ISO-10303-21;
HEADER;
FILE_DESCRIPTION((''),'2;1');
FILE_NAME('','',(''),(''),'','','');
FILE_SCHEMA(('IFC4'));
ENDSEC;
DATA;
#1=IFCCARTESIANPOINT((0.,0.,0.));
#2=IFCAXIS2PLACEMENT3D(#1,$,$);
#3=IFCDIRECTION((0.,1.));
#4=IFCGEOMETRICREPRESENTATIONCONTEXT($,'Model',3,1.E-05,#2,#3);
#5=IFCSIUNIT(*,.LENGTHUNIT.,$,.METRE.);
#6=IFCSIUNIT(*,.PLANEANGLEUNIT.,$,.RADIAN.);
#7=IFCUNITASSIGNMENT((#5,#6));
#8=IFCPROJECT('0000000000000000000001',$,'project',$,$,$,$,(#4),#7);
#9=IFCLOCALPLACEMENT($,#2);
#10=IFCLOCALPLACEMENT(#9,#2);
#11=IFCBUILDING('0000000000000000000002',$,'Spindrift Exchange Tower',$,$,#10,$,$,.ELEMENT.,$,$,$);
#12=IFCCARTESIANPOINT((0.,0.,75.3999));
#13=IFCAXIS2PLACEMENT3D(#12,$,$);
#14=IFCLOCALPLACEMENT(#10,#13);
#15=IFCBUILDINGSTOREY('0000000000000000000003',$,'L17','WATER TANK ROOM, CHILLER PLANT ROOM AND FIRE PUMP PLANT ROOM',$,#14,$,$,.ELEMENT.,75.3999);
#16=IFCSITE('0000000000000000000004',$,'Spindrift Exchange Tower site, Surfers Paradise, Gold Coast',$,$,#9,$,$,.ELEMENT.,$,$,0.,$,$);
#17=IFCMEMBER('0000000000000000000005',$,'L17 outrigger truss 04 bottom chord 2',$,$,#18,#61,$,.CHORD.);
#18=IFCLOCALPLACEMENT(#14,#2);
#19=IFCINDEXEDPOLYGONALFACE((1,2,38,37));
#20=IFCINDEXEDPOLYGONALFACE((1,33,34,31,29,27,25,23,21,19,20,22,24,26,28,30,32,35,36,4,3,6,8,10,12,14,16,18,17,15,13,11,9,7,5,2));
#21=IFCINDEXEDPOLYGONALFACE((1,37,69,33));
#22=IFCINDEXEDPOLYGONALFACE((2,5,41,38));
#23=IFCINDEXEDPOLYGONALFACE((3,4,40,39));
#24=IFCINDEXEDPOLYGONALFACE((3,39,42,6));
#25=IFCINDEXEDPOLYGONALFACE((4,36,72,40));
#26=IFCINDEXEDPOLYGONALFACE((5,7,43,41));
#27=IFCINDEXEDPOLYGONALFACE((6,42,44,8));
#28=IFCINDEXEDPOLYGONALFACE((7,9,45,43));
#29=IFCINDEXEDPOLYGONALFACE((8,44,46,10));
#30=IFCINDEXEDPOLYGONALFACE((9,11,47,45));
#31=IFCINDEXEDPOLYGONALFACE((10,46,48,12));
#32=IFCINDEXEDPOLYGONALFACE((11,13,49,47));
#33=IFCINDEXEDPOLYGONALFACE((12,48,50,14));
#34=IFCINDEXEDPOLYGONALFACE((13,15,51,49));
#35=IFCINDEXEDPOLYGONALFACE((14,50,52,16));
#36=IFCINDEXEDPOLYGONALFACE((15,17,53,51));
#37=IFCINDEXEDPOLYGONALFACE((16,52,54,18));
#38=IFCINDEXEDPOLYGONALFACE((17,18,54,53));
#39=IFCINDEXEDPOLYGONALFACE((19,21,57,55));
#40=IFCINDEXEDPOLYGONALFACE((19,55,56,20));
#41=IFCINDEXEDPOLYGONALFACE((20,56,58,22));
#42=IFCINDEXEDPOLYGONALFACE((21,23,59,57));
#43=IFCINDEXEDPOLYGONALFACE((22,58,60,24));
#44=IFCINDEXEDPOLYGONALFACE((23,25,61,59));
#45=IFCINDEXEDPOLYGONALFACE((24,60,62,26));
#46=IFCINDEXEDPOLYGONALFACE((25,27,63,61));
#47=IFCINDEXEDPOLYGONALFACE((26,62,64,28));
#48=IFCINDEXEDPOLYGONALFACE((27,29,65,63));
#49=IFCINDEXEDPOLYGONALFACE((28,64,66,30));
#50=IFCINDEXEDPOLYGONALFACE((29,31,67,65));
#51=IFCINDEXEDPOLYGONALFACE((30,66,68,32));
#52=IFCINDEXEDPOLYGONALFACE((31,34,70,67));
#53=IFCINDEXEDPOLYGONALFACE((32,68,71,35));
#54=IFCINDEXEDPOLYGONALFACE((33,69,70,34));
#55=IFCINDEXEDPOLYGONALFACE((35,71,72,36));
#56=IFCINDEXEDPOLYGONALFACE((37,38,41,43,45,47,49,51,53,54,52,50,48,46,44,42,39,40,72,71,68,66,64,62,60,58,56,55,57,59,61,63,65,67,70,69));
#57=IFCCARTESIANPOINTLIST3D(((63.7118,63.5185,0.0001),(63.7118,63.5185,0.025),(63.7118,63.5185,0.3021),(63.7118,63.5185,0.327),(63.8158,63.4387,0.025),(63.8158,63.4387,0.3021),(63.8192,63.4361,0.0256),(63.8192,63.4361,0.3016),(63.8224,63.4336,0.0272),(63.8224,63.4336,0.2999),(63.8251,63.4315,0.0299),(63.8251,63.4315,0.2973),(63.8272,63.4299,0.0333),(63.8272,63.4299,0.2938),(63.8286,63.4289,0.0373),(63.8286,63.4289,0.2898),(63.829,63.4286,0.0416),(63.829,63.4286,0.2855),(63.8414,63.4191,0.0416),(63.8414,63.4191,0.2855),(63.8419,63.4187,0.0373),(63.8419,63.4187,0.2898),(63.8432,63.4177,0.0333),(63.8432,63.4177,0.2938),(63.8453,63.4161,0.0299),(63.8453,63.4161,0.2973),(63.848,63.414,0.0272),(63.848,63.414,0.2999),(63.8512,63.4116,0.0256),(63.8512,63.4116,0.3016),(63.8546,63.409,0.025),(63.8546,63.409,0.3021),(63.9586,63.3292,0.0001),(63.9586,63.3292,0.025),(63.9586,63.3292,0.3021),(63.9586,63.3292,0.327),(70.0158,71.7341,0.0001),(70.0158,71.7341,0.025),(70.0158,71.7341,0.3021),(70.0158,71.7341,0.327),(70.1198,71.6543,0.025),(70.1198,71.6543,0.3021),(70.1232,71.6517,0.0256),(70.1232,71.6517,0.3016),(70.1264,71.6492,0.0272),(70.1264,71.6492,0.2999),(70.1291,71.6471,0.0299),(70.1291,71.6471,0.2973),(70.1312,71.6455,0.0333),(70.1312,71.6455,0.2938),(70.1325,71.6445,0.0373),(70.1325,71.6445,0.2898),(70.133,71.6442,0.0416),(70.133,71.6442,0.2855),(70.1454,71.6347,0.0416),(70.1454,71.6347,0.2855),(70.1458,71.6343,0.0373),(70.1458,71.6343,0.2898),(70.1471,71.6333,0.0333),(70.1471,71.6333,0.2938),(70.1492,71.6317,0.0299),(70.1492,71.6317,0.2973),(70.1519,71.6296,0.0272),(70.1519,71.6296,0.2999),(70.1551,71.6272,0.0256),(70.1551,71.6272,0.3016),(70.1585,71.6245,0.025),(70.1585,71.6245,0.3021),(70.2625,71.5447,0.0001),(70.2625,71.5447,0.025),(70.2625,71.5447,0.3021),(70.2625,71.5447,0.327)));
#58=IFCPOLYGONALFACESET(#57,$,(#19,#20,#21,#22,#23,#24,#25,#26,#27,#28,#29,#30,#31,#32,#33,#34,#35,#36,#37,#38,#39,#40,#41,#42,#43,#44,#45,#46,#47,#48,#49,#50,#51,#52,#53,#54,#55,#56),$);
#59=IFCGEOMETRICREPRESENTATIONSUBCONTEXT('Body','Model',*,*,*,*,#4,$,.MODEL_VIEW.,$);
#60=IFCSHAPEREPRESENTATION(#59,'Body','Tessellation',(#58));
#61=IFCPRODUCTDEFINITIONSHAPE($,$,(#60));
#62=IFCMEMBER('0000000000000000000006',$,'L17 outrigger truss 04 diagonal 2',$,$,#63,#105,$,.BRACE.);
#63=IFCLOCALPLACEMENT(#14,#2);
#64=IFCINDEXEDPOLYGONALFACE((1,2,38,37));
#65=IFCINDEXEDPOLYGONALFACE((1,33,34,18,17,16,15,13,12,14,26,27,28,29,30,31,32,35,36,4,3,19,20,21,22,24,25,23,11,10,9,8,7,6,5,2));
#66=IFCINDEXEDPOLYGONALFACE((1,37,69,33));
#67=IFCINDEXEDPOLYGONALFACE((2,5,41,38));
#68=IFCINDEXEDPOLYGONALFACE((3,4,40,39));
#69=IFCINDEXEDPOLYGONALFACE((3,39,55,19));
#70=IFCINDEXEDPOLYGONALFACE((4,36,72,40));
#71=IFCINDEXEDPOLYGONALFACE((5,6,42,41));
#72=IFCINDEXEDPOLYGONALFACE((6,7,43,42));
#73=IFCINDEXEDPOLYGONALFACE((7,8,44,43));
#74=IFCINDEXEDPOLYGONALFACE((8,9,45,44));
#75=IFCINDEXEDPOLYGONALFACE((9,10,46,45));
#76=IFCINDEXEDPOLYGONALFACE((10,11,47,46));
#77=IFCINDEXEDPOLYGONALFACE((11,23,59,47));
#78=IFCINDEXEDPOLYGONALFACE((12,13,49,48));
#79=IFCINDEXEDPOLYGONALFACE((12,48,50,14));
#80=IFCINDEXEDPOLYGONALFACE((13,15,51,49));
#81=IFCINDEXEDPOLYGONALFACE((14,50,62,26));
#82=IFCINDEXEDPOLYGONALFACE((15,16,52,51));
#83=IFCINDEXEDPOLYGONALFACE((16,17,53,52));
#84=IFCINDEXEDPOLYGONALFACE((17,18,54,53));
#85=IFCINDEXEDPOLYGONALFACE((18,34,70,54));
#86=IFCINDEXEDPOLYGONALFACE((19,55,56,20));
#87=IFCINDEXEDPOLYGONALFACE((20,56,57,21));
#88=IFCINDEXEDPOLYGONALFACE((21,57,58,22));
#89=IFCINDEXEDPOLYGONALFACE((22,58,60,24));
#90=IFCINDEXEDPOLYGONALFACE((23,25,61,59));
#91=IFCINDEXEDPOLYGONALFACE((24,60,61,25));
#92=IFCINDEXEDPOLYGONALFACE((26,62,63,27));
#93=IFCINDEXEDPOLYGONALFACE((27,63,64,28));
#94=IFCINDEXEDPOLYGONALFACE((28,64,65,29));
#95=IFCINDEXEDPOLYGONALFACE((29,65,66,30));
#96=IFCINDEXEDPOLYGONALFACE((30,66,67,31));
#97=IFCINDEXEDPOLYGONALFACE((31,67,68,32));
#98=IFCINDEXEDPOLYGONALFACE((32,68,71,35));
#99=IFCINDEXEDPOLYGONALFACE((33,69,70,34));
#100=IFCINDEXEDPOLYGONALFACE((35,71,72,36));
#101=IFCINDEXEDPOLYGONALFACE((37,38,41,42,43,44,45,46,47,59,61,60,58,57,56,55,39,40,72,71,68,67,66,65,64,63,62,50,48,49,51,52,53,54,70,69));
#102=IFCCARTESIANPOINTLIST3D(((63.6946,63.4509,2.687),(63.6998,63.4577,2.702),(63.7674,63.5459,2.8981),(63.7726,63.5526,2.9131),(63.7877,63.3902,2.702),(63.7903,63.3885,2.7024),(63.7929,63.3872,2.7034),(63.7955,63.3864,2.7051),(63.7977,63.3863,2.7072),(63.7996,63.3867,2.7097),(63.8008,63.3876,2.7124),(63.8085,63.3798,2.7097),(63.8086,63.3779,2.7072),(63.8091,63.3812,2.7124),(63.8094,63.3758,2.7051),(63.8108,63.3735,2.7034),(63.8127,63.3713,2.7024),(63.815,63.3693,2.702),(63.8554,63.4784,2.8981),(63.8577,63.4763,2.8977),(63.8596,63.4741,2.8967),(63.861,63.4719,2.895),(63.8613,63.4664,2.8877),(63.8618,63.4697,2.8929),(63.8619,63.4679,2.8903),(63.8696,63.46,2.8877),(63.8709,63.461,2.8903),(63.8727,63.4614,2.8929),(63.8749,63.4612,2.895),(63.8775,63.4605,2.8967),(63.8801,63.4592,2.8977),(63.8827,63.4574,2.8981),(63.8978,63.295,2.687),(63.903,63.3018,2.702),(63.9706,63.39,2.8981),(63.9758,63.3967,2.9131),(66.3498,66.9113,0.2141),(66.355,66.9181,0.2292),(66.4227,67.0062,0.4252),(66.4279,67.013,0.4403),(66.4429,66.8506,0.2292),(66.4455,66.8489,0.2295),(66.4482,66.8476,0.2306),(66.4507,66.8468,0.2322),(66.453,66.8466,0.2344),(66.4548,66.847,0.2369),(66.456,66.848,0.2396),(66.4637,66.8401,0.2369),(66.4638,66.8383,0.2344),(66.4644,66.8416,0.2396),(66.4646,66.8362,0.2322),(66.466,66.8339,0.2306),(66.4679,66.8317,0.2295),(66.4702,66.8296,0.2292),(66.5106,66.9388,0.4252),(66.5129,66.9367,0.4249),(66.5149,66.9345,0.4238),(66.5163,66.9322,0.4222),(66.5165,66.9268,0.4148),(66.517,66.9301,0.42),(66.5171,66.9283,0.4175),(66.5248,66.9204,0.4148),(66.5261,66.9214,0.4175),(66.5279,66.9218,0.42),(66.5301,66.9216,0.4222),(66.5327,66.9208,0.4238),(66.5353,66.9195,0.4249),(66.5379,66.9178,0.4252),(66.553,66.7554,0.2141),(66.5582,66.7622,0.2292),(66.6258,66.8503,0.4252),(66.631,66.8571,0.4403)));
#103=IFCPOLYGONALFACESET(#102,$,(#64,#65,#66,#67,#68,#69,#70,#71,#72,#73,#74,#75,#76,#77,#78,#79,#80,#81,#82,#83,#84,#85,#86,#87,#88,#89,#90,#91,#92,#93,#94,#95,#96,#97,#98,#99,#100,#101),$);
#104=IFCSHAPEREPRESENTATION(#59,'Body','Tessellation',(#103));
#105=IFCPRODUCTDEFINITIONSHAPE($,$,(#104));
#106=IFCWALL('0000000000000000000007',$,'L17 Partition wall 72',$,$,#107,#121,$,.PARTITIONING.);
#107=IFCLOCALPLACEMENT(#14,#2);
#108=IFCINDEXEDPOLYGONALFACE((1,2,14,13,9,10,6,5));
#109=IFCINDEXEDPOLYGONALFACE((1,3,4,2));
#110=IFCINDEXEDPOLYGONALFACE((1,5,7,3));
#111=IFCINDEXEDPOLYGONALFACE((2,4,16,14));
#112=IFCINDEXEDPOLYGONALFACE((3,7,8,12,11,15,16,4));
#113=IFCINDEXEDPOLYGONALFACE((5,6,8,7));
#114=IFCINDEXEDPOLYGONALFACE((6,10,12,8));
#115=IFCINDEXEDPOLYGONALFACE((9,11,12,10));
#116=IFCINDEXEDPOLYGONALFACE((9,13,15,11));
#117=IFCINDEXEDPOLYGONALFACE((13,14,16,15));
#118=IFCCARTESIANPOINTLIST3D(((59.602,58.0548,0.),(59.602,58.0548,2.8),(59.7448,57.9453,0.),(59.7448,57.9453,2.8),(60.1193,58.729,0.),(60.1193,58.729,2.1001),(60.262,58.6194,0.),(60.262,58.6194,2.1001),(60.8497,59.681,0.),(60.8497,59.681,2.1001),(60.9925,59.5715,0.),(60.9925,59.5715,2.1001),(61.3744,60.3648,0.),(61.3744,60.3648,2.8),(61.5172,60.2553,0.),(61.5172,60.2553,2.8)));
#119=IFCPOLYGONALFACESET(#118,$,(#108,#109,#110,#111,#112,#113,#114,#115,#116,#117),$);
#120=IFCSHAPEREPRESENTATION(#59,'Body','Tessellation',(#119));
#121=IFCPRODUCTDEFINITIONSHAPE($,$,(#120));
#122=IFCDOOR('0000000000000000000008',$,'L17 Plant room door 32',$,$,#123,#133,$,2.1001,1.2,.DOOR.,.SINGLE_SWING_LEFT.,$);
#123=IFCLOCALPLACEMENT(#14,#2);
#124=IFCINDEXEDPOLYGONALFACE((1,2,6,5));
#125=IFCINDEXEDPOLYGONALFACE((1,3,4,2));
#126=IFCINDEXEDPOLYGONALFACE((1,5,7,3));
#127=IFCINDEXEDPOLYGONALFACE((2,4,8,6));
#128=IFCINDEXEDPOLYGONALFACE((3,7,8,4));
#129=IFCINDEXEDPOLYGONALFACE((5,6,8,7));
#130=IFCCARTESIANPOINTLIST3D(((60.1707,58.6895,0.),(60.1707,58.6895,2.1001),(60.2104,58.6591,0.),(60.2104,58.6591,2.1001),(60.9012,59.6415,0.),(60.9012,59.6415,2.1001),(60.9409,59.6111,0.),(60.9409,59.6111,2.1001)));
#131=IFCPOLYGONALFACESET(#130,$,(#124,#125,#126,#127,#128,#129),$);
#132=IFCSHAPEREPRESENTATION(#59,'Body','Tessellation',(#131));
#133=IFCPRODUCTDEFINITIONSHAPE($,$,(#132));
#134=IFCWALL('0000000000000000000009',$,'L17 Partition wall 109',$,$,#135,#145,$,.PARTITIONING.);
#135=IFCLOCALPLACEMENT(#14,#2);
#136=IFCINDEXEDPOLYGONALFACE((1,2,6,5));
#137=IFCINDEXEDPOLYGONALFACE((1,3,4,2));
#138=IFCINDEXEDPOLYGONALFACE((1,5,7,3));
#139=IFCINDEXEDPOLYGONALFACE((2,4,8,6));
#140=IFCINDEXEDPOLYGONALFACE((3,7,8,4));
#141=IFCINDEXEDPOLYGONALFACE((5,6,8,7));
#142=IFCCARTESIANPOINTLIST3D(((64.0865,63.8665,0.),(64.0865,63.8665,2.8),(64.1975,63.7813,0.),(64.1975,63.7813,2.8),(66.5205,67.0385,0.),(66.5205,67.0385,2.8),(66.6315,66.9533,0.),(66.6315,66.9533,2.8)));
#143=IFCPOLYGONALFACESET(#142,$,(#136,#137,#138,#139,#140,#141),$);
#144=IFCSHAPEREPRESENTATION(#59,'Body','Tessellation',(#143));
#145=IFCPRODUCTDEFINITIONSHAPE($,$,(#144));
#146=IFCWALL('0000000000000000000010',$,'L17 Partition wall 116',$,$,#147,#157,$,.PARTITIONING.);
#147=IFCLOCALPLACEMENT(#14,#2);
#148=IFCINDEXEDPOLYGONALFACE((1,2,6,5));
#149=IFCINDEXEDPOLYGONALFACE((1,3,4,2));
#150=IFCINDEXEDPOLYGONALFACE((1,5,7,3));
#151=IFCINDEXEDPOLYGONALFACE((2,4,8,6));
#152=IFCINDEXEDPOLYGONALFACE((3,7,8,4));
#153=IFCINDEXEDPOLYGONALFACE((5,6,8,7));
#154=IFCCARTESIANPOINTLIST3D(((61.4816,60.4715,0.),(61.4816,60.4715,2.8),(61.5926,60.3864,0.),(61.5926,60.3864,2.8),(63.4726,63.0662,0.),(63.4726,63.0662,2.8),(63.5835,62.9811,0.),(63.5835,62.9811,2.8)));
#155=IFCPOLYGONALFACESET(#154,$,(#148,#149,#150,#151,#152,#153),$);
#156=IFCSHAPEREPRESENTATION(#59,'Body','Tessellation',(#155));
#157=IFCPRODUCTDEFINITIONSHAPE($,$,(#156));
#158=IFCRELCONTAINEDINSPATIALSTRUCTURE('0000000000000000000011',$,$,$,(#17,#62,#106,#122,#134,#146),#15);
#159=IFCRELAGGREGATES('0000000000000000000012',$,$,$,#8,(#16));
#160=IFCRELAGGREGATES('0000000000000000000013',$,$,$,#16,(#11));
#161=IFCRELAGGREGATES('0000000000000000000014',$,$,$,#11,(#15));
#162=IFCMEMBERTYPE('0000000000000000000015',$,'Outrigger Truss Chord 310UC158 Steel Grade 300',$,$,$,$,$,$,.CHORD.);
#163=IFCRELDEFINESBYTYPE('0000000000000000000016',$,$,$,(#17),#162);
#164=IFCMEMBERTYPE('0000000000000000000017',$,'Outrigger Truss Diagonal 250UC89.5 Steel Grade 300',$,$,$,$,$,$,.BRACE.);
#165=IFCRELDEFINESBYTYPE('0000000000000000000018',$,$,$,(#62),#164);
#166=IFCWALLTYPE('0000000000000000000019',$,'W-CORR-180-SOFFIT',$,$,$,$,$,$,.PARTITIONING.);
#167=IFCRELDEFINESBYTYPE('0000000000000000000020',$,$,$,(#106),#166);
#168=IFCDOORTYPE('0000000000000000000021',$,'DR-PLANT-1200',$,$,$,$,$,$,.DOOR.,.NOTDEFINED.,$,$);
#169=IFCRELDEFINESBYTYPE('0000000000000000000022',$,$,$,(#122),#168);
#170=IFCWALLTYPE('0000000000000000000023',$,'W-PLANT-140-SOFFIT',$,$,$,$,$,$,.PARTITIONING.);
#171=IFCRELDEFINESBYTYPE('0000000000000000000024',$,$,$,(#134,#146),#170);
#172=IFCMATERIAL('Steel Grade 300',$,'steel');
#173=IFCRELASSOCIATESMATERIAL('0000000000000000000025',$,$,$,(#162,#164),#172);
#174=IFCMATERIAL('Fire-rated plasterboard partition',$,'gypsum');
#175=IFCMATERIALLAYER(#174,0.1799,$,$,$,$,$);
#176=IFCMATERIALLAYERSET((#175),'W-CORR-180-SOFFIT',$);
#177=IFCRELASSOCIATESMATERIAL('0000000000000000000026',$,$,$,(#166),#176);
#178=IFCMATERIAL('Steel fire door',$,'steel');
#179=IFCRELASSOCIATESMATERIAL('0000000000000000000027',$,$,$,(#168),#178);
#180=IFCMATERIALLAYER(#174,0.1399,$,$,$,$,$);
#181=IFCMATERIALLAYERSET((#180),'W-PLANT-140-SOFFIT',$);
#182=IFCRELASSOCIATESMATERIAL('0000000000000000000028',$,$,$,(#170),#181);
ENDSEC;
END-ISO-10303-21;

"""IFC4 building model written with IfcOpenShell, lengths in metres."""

from ifc_helpers import new_model, si_unit, direction, frame, frame_2d, origin, origin_2d, place, context, subcontext, project, spatial, rectangle, i_section, extrude, source, transform, mapped, material, layer, layer_set, material_profile, profile_set, type_object, element, fill, save


model = new_model("IFC4")

# Units and contexts
model_context = context("Model", 3, precision=1e-05, world=origin(), true_north=direction((0.0, 1.0)))
body_context = subcontext(model_context, "Body", "Model", "MODEL_VIEW")
ifc_project = project(units=[si_unit("LENGTHUNIT", "METRE"), si_unit("PLANEANGLEUNIT", "RADIAN")], contexts=[model_context])

# Site, building, storey
site_placement = place(None, origin())
site = spatial("IfcSite", under=ifc_project, at=site_placement, Name="Spindrift Exchange Tower site, Surfers Paradise, Gold Coast", CompositionType="ELEMENT", RefElevation=0.0)
building_placement = place(site_placement, origin())
building = spatial("IfcBuilding", under=site, at=building_placement, Name="Spindrift Exchange Tower", CompositionType="ELEMENT")
storey_placement = place(building_placement, frame((0.0, 0.0, 75.3999)))
storey = spatial("IfcBuildingStorey", under=building, at=storey_placement, Name="L17", Description="WATER TANK ROOM, CHILLER PLANT ROOM AND FIRE PUMP PLANT ROOM", CompositionType="ELEMENT", Elevation=75.3999)

# Shared definitions
ifc_material_1 = material(Name="Steel Grade 300", Category="steel")

# Shared definitions
ifc_material_profile_1 = material_profile(ifc_material_1, i_section(OverallWidth=0.311, OverallDepth=0.3269, WebThickness=0.0156, FlangeThickness=0.0249, FilletRadius=0.0166, at=origin_2d()), Name="310UC158")
ifc_profile_set_1 = profile_set([ifc_material_profile_1], Name="Steel Grade 300")
member_type_1 = type_object("IfcMemberType", Name="Outrigger Truss Chord 310UC158 Steel Grade 300", PredefinedType="CHORD", material=ifc_profile_set_1)

# Members
shared_shape_1 = source(origin(), body_context, "Body", "SweptSolid", [
    extrude(i_section(OverallWidth=0.311, OverallDepth=0.3269, WebThickness=0.0156, FlangeThickness=0.0249, FilletRadius=0.0166, at=origin_2d()), origin(), (0.0, 0.0, 1.0), 10.3555),
])
member_1_placement = place(storey_placement, frame((63.8352, 63.4238, 0.1636), z_axis=(0.608757, 0.793357, 0.0), x_axis=(-0.793357, 0.608757, 0.0)))
element("IfcMember", 1, at=member_1_placement, inside=storey, type_object=member_type_1, Name="L17 outrigger truss 04 bottom chord 2", PredefinedType="CHORD", context=body_context, shape_type="MappedRepresentation", body=[
    mapped(shared_shape_1, transform((0.0, 0.0, 0.0), scale=1.0)),
])
ifc_material_profile_2 = material_profile(ifc_material_1, i_section(OverallWidth=0.2561, OverallDepth=0.26, WebThickness=0.0105, FlangeThickness=0.0173, FilletRadius=0.012, at=origin_2d()), Name="250UC89.5")
ifc_profile_set_2 = profile_set([ifc_material_profile_2], Name="Steel Grade 300")
member_type_2 = type_object("IfcMemberType", Name="Outrigger Truss Diagonal 250UC89.5 Steel Grade 300", PredefinedType="BRACE", material=ifc_profile_set_2)
shared_shape_2 = source(origin(), body_context, "Body", "SweptSolid", [
    extrude(i_section(OverallWidth=0.2561, OverallDepth=0.26, WebThickness=0.0105, FlangeThickness=0.0173, FilletRadius=0.012, at=origin_2d()), origin(), (0.0, 0.0, 1.0), 5.0139),
])
member_2_placement = place(storey_placement, frame((63.8352, 63.4238, 2.8), z_axis=(0.52957, 0.690154, -0.493197), x_axis=(-0.793356, 0.608758, 0.0)))
element("IfcMember", 2, at=member_2_placement, inside=storey, type_object=member_type_2, Name="L17 outrigger truss 04 diagonal 2", PredefinedType="BRACE", context=body_context, shape_type="MappedRepresentation", body=[
    mapped(shared_shape_2, transform((0.0, 0.0, 0.0), scale=1.0)),
])

# Wall, opening, door
ifc_material_2 = material(Name="Fire-rated plasterboard partition", Category="gypsum")
ifc_layer_1 = layer(ifc_material_2, 0.1799)
ifc_layer_set_1 = layer_set([ifc_layer_1], Name="W-CORR-180-SOFFIT")
wall_type_1 = type_object("IfcWallType", Name="W-CORR-180-SOFFIT", PredefinedType="PARTITIONING", material=ifc_layer_set_1)
wall_1_placement = place(storey_placement, frame((61.4458, 60.3101, 0.0), z_axis=(0.0, 0.0, 1.0), x_axis=(-0.608738, -0.793371, 0.0)))
wall_1 = element("IfcWall", 3, at=wall_1_placement, inside=storey, type_object=wall_type_1, Name="L17 Partition wall 72", PredefinedType="PARTITIONING", context=body_context, shape_type="SweptSolid", body=[
    extrude(rectangle(XDim=2.9116, YDim=0.1799, at=frame_2d((1.4558, 0.0))), origin(), (0.0, 0.0, 1.0), 2.8),
])
opening_1_placement = place(wall_1_placement, frame((0.8618, 0.0, 0.0)))
opening_1 = element("IfcOpeningElement", 4, at=opening_1_placement, cuts=wall_1, PredefinedType="OPENING", context=body_context, shape_type="SweptSolid", body=[
    extrude(rectangle(XDim=1.2, YDim=2.1001, at=frame_2d((0.6001, 1.05))), frame((0.0, 0.0999, 0.0), z_axis=(0.0, -1.0, 0.0), x_axis=(1.0, 0.0, 0.0)), (0.0, 0.0, 1.0), 0.2),
])
ifc_material_3 = material(Name="Steel fire door", Category="steel")
door_type_1 = type_object("IfcDoorType", Name="DR-PLANT-1200", OperationType="NOTDEFINED", PredefinedType="DOOR", material=ifc_material_3)
shared_shape_3 = source(origin(), body_context, "Body", "SweptSolid", [
    extrude(rectangle(XDim=1.2, YDim=2.1001, at=frame_2d((0.6001, 1.05))), frame((0.0, 0.0249, 0.0), z_axis=(0.0, -1.0, 0.0), x_axis=(1.0, 0.0, 0.0)), (0.0, 0.0, 1.0), 0.05),
])
door_1_placement = place(opening_1_placement, origin())
door_1 = element("IfcDoor", 5, at=door_1_placement, inside=storey, type_object=door_type_1, Name="L17 Plant room door 32", OperationType="SINGLE_SWING_LEFT", OverallHeight=2.1001, OverallWidth=1.2, PredefinedType="DOOR", context=body_context, shape_type="MappedRepresentation", body=[
    mapped(shared_shape_3, transform((0.0, 0.0, 0.0), scale=1.0)),
])
fill(opening_1, door_1)

# Walls
ifc_layer_2 = layer(ifc_material_2, 0.1399)
ifc_layer_set_2 = layer_set([ifc_layer_2], Name="W-PLANT-140-SOFFIT")
wall_type_2 = type_object("IfcWallType", Name="W-PLANT-140-SOFFIT", PredefinedType="PARTITIONING", material=ifc_layer_set_2)
wall_2_placement = place(storey_placement, frame((64.1421, 63.824, 0.0), z_axis=(0.0, 0.0, 1.0), x_axis=(0.608766, 0.79335, 0.0)))
element("IfcWall", 6, at=wall_2_placement, inside=storey, type_object=wall_type_2, Name="L17 Partition wall 109", PredefinedType="PARTITIONING", context=body_context, shape_type="SweptSolid", body=[
    extrude(rectangle(XDim=3.9983, YDim=0.1399, at=frame_2d((1.999, 0.0))), origin(), (0.0, 0.0, 1.0), 2.8),
])
wall_3_placement = place(storey_placement, frame((61.5371, 60.429, 0.0), z_axis=(0.0, 0.0, 1.0), x_axis=(0.608754, 0.793359, 0.0)))
element("IfcWall", 7, at=wall_3_placement, inside=storey, type_object=wall_type_2, Name="L17 Partition wall 116", PredefinedType="PARTITIONING", context=body_context, shape_type="SweptSolid", body=[
    extrude(rectangle(XDim=3.2705, YDim=0.1399, at=frame_2d((1.6353, 0.0))), origin(), (0.0, 0.0, 1.0), 2.8),
])

save(model, "model.ifc")
